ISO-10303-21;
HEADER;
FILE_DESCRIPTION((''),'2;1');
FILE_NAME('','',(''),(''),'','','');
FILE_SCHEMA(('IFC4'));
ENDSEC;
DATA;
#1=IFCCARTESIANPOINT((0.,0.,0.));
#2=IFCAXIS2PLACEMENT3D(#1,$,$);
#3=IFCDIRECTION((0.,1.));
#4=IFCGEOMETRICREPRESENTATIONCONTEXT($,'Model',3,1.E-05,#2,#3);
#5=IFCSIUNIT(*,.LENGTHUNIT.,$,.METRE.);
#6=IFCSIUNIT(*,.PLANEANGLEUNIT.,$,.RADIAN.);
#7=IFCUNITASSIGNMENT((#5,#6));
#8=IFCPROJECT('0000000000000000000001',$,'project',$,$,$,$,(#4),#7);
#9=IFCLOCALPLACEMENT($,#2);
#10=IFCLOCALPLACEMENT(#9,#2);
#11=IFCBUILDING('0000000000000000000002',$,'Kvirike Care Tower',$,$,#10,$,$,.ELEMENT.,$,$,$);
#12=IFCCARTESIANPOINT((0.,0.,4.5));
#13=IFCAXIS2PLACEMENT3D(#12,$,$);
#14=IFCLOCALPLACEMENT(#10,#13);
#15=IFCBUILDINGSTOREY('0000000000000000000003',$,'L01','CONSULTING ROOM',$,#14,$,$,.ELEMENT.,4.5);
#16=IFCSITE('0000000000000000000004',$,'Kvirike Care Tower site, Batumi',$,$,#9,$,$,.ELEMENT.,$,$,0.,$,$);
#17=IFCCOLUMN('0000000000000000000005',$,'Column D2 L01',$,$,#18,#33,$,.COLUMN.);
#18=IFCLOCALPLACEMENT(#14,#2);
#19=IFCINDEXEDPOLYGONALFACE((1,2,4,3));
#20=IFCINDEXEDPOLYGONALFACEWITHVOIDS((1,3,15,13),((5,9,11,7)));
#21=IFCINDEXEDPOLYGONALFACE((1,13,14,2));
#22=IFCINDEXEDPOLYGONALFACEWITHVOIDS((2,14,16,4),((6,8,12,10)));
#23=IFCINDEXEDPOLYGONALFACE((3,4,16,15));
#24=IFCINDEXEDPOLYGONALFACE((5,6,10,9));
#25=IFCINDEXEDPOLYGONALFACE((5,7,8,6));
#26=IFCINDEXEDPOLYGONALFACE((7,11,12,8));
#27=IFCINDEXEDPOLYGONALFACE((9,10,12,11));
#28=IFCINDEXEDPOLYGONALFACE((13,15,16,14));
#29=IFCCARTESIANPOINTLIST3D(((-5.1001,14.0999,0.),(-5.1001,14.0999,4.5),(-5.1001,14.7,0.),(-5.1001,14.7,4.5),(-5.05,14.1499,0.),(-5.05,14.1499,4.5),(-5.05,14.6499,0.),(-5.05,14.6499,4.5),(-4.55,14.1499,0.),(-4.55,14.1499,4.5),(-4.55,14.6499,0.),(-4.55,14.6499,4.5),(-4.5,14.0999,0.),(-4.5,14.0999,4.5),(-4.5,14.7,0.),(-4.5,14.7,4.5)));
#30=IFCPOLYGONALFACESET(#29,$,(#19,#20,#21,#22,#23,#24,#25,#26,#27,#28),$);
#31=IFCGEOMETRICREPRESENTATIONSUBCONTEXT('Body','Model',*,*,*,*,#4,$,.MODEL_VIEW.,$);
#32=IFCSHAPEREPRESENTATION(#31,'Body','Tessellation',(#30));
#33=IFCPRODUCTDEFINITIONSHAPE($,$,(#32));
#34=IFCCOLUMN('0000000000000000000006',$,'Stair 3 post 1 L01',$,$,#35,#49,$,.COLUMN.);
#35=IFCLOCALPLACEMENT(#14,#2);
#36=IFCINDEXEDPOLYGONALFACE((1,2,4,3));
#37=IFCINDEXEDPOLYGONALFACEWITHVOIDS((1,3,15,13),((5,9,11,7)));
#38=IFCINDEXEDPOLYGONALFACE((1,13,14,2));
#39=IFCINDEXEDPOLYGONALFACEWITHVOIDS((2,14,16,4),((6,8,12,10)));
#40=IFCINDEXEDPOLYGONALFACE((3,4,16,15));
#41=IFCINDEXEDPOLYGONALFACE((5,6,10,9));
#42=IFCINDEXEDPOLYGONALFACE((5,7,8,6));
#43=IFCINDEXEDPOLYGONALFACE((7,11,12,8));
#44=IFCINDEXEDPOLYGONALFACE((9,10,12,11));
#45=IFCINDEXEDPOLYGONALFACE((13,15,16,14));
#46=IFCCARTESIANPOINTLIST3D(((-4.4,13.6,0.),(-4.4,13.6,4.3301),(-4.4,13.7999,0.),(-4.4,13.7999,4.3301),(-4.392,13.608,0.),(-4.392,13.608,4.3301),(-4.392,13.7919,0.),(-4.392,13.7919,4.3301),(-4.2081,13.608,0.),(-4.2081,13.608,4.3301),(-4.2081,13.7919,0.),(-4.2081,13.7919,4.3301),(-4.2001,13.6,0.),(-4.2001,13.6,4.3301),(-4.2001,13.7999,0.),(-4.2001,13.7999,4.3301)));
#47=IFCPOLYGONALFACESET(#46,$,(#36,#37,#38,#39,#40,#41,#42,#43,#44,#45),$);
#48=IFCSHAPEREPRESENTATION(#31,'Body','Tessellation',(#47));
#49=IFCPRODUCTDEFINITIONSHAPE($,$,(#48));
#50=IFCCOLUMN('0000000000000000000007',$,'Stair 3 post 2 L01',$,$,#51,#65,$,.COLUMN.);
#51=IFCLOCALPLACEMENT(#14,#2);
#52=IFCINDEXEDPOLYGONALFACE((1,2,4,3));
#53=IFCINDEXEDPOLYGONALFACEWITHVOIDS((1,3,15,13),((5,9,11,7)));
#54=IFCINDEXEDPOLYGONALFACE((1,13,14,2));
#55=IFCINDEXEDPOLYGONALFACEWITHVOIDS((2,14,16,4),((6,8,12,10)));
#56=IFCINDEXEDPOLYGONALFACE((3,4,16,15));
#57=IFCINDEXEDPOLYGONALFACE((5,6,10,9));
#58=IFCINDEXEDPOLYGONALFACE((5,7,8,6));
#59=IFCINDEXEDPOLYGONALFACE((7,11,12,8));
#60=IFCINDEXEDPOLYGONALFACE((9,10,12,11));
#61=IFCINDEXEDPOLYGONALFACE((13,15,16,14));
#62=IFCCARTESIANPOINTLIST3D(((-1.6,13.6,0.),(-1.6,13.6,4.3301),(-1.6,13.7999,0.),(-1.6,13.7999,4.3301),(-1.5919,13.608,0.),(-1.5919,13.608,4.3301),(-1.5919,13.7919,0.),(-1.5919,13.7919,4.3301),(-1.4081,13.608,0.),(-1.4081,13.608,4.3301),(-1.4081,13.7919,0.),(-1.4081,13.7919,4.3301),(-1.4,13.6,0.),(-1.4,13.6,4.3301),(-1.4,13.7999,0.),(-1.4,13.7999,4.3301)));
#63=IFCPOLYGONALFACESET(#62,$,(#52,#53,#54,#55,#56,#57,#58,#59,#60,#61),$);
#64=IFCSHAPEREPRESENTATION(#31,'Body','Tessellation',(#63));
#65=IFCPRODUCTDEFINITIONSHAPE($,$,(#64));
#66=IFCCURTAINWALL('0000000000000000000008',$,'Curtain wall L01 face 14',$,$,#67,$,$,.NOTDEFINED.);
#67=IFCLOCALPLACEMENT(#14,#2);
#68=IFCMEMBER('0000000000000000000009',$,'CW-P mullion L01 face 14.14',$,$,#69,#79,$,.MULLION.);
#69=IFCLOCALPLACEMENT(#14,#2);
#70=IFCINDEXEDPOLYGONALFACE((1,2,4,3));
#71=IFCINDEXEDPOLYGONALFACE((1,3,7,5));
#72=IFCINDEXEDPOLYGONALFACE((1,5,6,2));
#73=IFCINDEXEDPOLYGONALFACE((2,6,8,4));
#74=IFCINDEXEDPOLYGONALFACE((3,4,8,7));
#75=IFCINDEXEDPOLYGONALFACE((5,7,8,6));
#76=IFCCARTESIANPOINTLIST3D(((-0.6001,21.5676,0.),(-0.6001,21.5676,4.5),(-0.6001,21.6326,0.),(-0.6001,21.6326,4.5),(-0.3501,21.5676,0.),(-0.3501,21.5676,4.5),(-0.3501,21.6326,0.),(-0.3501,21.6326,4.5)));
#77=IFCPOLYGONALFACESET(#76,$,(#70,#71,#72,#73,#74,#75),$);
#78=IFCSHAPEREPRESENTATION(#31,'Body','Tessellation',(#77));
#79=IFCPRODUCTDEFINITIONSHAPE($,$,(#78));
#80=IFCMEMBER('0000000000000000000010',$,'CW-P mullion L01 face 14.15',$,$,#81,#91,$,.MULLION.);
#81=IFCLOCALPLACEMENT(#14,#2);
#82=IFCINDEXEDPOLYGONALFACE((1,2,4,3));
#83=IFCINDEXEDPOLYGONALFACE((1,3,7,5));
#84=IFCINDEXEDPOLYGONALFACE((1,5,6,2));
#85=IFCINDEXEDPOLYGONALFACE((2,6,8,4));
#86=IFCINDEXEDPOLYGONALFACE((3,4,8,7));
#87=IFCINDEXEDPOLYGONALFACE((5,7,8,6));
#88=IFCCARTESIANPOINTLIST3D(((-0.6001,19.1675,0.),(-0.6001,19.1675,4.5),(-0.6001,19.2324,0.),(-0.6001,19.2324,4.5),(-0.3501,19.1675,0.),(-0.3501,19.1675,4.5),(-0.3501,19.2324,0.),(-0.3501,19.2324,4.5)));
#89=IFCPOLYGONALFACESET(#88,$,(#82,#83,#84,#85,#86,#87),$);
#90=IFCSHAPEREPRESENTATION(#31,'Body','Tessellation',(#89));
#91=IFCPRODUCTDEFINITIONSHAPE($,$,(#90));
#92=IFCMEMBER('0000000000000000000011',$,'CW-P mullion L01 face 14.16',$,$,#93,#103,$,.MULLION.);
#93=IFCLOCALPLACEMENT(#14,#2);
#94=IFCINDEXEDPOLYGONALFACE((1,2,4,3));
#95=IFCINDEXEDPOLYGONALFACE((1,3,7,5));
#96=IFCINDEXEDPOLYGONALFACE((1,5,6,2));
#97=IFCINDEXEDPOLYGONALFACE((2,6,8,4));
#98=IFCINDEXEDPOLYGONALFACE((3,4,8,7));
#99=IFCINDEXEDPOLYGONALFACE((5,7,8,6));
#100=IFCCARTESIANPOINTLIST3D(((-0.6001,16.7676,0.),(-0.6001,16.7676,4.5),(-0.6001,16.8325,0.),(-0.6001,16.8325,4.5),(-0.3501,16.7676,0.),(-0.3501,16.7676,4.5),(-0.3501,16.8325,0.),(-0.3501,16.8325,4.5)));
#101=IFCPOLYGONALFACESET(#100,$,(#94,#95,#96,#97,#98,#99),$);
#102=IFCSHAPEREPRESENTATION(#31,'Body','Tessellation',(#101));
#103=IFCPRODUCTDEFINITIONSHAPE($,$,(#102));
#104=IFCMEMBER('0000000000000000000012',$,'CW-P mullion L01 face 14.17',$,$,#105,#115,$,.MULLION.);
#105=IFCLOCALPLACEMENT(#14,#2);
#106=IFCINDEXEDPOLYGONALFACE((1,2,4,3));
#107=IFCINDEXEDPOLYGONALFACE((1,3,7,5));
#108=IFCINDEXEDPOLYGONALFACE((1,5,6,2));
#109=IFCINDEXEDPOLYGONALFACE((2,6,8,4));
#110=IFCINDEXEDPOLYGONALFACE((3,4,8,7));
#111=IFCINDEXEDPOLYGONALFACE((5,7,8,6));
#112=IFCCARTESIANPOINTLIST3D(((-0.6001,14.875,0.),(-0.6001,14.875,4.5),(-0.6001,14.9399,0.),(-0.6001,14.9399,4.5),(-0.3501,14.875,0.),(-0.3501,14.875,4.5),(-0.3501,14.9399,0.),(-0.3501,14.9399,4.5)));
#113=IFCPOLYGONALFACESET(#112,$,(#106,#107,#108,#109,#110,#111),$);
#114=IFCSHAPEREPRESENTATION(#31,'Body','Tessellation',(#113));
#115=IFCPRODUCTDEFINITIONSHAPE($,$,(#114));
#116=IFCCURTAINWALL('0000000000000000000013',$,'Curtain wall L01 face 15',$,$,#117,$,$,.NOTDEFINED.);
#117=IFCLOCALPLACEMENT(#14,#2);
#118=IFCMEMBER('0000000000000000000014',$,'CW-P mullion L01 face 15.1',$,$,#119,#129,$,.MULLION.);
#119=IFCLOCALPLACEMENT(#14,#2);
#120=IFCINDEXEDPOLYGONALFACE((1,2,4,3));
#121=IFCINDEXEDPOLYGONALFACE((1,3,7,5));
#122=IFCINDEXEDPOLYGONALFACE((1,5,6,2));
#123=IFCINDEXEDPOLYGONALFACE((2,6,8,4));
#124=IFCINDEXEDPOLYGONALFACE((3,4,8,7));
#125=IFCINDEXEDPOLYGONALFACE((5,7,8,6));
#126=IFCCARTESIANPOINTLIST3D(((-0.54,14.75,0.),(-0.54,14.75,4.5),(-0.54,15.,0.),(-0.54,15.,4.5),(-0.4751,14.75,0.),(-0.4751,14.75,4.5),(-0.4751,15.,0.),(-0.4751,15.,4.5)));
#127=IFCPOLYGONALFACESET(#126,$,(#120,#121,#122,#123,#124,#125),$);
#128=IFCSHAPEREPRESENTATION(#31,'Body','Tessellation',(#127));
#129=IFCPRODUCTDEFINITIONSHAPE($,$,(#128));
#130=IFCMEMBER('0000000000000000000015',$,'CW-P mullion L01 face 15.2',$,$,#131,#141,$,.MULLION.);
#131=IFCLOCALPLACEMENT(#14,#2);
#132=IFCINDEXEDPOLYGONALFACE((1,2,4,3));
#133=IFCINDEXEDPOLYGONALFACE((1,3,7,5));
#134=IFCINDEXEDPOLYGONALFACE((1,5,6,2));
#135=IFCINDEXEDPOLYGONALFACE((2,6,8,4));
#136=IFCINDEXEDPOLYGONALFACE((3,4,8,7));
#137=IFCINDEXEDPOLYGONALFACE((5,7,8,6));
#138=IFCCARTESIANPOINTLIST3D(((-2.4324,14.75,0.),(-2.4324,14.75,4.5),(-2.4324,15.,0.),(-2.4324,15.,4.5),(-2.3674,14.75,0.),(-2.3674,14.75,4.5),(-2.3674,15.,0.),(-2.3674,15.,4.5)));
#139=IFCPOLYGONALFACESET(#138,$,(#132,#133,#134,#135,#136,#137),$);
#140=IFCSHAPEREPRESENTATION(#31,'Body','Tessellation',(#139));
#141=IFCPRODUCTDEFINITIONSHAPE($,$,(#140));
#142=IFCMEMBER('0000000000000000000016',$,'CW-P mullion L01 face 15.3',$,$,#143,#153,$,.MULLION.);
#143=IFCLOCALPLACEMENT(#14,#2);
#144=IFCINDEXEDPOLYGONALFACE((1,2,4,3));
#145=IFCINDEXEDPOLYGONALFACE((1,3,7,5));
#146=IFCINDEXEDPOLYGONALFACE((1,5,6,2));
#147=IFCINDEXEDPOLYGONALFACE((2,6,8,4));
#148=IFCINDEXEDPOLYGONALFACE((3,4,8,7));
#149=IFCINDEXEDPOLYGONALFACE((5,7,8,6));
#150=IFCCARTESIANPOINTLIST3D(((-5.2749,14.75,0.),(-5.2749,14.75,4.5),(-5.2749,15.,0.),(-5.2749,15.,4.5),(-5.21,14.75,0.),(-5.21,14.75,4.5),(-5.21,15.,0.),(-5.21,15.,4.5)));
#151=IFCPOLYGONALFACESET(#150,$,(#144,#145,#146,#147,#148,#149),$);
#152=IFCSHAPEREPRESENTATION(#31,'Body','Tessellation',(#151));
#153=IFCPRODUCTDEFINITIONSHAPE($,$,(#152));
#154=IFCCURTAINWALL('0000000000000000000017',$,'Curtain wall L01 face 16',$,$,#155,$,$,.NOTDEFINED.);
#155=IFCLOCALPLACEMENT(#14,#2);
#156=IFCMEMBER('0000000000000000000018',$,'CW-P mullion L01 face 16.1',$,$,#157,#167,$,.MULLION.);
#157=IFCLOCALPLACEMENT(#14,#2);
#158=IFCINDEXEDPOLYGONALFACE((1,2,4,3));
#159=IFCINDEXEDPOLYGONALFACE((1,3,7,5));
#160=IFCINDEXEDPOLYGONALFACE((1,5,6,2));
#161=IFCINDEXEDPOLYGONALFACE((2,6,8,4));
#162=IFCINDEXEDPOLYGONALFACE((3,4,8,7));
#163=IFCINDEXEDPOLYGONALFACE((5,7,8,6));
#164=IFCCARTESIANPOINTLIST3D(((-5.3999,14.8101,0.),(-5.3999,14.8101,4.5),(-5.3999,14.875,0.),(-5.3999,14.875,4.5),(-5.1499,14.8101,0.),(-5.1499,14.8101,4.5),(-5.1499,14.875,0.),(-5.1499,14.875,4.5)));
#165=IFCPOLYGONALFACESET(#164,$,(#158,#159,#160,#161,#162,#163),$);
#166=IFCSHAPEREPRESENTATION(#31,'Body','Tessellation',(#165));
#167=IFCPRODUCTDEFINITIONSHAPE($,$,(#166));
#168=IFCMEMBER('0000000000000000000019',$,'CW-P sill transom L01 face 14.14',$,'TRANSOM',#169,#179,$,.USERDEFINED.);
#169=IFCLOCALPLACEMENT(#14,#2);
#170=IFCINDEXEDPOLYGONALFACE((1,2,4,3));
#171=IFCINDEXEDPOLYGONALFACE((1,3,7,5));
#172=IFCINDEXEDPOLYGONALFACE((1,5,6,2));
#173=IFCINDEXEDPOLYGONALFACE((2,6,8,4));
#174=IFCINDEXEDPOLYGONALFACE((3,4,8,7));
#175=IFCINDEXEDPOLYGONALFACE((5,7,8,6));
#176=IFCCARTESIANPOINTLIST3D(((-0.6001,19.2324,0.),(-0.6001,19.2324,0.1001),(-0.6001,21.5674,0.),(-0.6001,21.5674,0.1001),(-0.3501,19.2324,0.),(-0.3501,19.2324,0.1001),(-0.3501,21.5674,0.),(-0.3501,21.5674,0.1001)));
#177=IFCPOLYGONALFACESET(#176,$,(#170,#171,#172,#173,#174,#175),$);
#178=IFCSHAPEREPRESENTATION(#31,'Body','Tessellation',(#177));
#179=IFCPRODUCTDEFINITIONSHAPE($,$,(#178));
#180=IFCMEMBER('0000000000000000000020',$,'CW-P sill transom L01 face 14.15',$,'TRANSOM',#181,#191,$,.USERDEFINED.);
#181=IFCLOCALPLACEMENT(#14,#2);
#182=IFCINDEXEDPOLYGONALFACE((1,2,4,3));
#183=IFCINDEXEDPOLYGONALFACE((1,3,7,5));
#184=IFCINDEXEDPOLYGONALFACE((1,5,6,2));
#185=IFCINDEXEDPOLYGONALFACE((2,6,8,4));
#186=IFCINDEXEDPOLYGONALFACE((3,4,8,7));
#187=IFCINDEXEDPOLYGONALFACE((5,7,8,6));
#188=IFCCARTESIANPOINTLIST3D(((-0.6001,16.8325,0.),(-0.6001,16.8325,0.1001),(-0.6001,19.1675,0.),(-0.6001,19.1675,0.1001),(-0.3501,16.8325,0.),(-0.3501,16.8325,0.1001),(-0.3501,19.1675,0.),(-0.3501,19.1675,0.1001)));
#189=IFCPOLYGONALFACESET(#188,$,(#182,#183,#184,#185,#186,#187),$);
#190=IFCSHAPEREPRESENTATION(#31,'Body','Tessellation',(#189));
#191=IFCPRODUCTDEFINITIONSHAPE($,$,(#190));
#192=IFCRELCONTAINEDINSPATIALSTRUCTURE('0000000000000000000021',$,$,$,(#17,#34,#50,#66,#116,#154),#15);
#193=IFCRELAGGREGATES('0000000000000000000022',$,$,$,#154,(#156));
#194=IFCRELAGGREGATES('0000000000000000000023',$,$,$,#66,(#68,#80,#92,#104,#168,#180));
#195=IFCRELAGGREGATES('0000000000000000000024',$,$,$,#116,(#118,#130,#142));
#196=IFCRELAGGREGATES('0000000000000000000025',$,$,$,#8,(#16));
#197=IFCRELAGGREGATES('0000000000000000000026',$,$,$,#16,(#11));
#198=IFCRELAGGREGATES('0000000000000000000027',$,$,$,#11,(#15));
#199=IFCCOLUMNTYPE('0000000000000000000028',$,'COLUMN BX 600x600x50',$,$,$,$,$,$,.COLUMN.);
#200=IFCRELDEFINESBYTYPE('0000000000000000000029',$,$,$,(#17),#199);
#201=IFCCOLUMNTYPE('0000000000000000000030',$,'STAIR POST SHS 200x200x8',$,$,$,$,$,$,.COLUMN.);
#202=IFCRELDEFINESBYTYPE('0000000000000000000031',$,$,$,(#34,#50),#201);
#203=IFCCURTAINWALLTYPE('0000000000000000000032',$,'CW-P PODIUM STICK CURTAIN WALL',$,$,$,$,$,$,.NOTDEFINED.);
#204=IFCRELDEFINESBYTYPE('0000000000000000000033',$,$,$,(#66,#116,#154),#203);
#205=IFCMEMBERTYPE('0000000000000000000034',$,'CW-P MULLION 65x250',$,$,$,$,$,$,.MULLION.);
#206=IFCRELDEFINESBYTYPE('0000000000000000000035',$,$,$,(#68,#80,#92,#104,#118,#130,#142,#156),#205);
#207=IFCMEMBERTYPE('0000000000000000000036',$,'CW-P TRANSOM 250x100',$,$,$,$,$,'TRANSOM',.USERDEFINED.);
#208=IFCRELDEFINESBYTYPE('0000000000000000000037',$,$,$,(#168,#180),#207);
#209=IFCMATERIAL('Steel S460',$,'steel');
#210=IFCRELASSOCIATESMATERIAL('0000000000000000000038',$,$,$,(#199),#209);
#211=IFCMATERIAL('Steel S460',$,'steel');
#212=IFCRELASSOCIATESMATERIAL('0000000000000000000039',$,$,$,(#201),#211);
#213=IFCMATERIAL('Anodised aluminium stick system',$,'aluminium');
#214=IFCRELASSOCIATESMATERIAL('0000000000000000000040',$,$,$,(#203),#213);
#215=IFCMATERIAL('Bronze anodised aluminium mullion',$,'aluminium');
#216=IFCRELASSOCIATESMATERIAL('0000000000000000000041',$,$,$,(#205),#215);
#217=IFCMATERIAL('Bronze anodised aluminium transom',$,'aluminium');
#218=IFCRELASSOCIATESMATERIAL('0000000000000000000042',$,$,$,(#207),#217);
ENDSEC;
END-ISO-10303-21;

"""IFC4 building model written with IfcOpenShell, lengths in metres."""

from ifc_helpers import new_model, si_unit, direction, frame, origin, origin_2d, place, context, subcontext, project, spatial, rectangle, hollow_rectangle, extrude, material, material_profile, profile_set, type_object, element, aggregate, save


model = new_model("IFC4")

# Units and contexts
model_context = context("Model", 3, precision=1e-05, world=origin(), true_north=direction((0.0, 1.0)))
body_context = subcontext(model_context, "Body", "Model", "MODEL_VIEW")
ifc_project = project(units=[si_unit("LENGTHUNIT", "METRE"), si_unit("PLANEANGLEUNIT", "RADIAN")], contexts=[model_context])

# Site, building, storey
site_placement = place(None, origin())
site = spatial("IfcSite", under=ifc_project, at=site_placement, Name="Kvirike Care Tower site, Batumi", CompositionType="ELEMENT", RefElevation=0.0)
building_placement = place(site_placement, origin())
building = spatial("IfcBuilding", under=site, at=building_placement, Name="Kvirike Care Tower", CompositionType="ELEMENT")
storey_placement = place(building_placement, frame((0.0, 0.0, 4.5)))
storey = spatial("IfcBuildingStorey", under=building, at=storey_placement, Name="L01", Description="CONSULTING ROOM", CompositionType="ELEMENT", Elevation=4.5)

# Columns
ifc_material_1 = material(Name="Steel S460", Category="steel")
ifc_material_profile_1 = material_profile(ifc_material_1, hollow_rectangle(XDim=0.6001, YDim=0.6001, WallThickness=0.05, at=origin_2d()), Name="BX 600x600x50")
ifc_profile_set_1 = profile_set([ifc_material_profile_1], Name="Steel S460")
column_type_1 = type_object("IfcColumnType", Name="COLUMN BX 600x600x50", PredefinedType="COLUMN", material=ifc_profile_set_1)
column_placement = place(storey_placement, frame((-4.8, 14.3999, 0.0), z_axis=(0.0, 0.0, 1.0), x_axis=(0.0, 1.0, 0.0)))
element("IfcColumn", 1, at=column_placement, inside=storey, type_object=column_type_1, Name="Column D2 L01", PredefinedType="COLUMN", context=body_context, shape_type="SweptSolid", body=[
    extrude(hollow_rectangle(XDim=0.6001, YDim=0.6001, WallThickness=0.05, at=origin_2d()), origin(), (0.0, 0.0, 1.0), 4.5),
])
ifc_material_2 = material(Name="Steel S460", Category="steel")
ifc_material_profile_2 = material_profile(ifc_material_2, hollow_rectangle(XDim=0.2, YDim=0.2, WallThickness=0.0081, at=origin_2d()), Name="SHS 200x200x8")
ifc_profile_set_2 = profile_set([ifc_material_profile_2], Name="Steel S460")
column_type_2 = type_object("IfcColumnType", Name="STAIR POST SHS 200x200x8", PredefinedType="COLUMN", material=ifc_profile_set_2)
for number, where, z_axis, x_axis, name in (
    (2, (-4.3, 13.7, 0.0), (0.0, 0.0, 1.0), (1.0, 0.0, 0.0), "Stair 3 post 1 L01"),
    (3, (-1.5, 13.7, 0.0), (0.0, 0.0, 1.0), (1.0, 0.0, 0.0), "Stair 3 post 2 L01"),
):
    element("IfcColumn", number, at=place(storey_placement, frame(where, z_axis=z_axis, x_axis=x_axis)), inside=storey, type_object=column_type_2, Name=name, PredefinedType="COLUMN", context=body_context, shape_type="SweptSolid", body=[
        extrude(hollow_rectangle(XDim=0.2, YDim=0.2, WallThickness=0.0081, at=origin_2d()), origin(), (0.0, 0.0, 1.0), 4.3301),
    ])

# Curtain walls, members
ifc_material_3 = material(Name="Anodised aluminium stick system", Category="aluminium")
curtain_wall_type = type_object("IfcCurtainWallType", Name="CW-P PODIUM STICK CURTAIN WALL", PredefinedType="NOTDEFINED", material=ifc_material_3)
curtain_wall_1_placement = place(storey_placement, origin())
curtain_wall_1 = element("IfcCurtainWall", 4, at=curtain_wall_1_placement, inside=storey, type_object=curtain_wall_type, Name="Curtain wall L01 face 14", PredefinedType="NOTDEFINED")
ifc_material_4 = material(Name="Bronze anodised aluminium mullion", Category="aluminium")
ifc_material_profile_3 = material_profile(ifc_material_4, rectangle(XDim=0.0649, YDim=0.25, at=origin_2d()), Name="CW-P MULLION 65x250")
ifc_profile_set_3 = profile_set([ifc_material_profile_3], Name="Bronze anodised aluminium mullion")
member_type_1 = type_object("IfcMemberType", Name="CW-P MULLION 65x250", PredefinedType="MULLION", material=ifc_profile_set_3)
member_1_placement = place(storey_placement, frame((-0.4751, 21.6001, 0.0), z_axis=(0.0, 0.0, 1.0), x_axis=(0.0, -1.0, 0.0)))
member_1 = element("IfcMember", 5, at=member_1_placement, type_object=member_type_1, Name="CW-P mullion L01 face 14.14", PredefinedType="MULLION", context=body_context, shape_type="SweptSolid", body=[
    extrude(rectangle(XDim=0.0649, YDim=0.25, at=origin_2d()), origin(), (0.0, 0.0, 1.0), 4.5),
])
member_2_placement = place(storey_placement, frame((-0.4751, 19.2, 0.0), z_axis=(0.0, 0.0, 1.0), x_axis=(0.0, -1.0, 0.0)))
member_2 = element("IfcMember", 6, at=member_2_placement, type_object=member_type_1, Name="CW-P mullion L01 face 14.15", PredefinedType="MULLION", context=body_context, shape_type="SweptSolid", body=[
    extrude(rectangle(XDim=0.0649, YDim=0.25, at=origin_2d()), origin(), (0.0, 0.0, 1.0), 4.5),
])
member_3_placement = place(storey_placement, frame((-0.4751, 16.8, 0.0), z_axis=(0.0, 0.0, 1.0), x_axis=(0.0, -1.0, 0.0)))
member_3 = element("IfcMember", 7, at=member_3_placement, type_object=member_type_1, Name="CW-P mullion L01 face 14.16", PredefinedType="MULLION", context=body_context, shape_type="SweptSolid", body=[
    extrude(rectangle(XDim=0.0649, YDim=0.25, at=origin_2d()), origin(), (0.0, 0.0, 1.0), 4.5),
])
member_4_placement = place(storey_placement, frame((-0.4751, 14.9075, 0.0), z_axis=(0.0, 0.0, 1.0), x_axis=(0.0, -1.0, 0.0)))
member_4 = element("IfcMember", 8, at=member_4_placement, type_object=member_type_1, Name="CW-P mullion L01 face 14.17", PredefinedType="MULLION", context=body_context, shape_type="SweptSolid", body=[
    extrude(rectangle(XDim=0.0649, YDim=0.25, at=origin_2d()), origin(), (0.0, 0.0, 1.0), 4.5),
])
curtain_wall_2_placement = place(storey_placement, origin())
curtain_wall_2 = element("IfcCurtainWall", 9, at=curtain_wall_2_placement, inside=storey, type_object=curtain_wall_type, Name="Curtain wall L01 face 15", PredefinedType="NOTDEFINED")
member_5_placement = place(storey_placement, frame((-0.5076, 14.875, 0.0), z_axis=(0.0, 0.0, 1.0), x_axis=(-1.0, 0.0, 0.0)))
member_5 = element("IfcMember", 10, at=member_5_placement, type_object=member_type_1, Name="CW-P mullion L01 face 15.1", PredefinedType="MULLION", context=body_context, shape_type="SweptSolid", body=[
    extrude(rectangle(XDim=0.0649, YDim=0.25, at=origin_2d()), origin(), (0.0, 0.0, 1.0), 4.5),
])
member_6_placement = place(storey_placement, frame((-2.3999, 14.875, 0.0), z_axis=(0.0, 0.0, 1.0), x_axis=(-1.0, 0.0, 0.0)))
member_6 = element("IfcMember", 11, at=member_6_placement, type_object=member_type_1, Name="CW-P mullion L01 face 15.2", PredefinedType="MULLION", context=body_context, shape_type="SweptSolid", body=[
    extrude(rectangle(XDim=0.0649, YDim=0.25, at=origin_2d()), origin(), (0.0, 0.0, 1.0), 4.5),
])
member_7_placement = place(storey_placement, frame((-5.2424, 14.875, 0.0), z_axis=(0.0, 0.0, 1.0), x_axis=(-1.0, 0.0, 0.0)))
member_7 = element("IfcMember", 12, at=member_7_placement, type_object=member_type_1, Name="CW-P mullion L01 face 15.3", PredefinedType="MULLION", context=body_context, shape_type="SweptSolid", body=[
    extrude(rectangle(XDim=0.0649, YDim=0.25, at=origin_2d()), origin(), (0.0, 0.0, 1.0), 4.5),
])

# Curtain wall, member
curtain_wall_3_placement = place(storey_placement, origin())
curtain_wall_3 = element("IfcCurtainWall", 13, at=curtain_wall_3_placement, inside=storey, type_object=curtain_wall_type, Name="Curtain wall L01 face 16", PredefinedType="NOTDEFINED")
member_8_placement = place(storey_placement, frame((-5.2749, 14.8425, 0.0), z_axis=(0.0, 0.0, 1.0), x_axis=(0.0, -1.0, 0.0)))
member_8 = element("IfcMember", 14, at=member_8_placement, type_object=member_type_1, Name="CW-P mullion L01 face 16.1", PredefinedType="MULLION", context=body_context, shape_type="SweptSolid", body=[
    extrude(rectangle(XDim=0.0649, YDim=0.25, at=origin_2d()), origin(), (0.0, 0.0, 1.0), 4.5),
])

# Members
ifc_material_5 = material(Name="Bronze anodised aluminium transom", Category="aluminium")
ifc_material_profile_4 = material_profile(ifc_material_5, rectangle(XDim=0.25, YDim=0.1001, at=origin_2d()), Name="CW-P TRANSOM 250x100")
ifc_profile_set_4 = profile_set([ifc_material_profile_4], Name="Bronze anodised aluminium transom")
member_type_2 = type_object("IfcMemberType", Name="CW-P TRANSOM 250x100", ElementType="TRANSOM", PredefinedType="USERDEFINED", material=ifc_profile_set_4)
member_9_placement = place(storey_placement, frame((-0.4751, 21.5674, 0.05), z_axis=(0.0, -1.0, 0.0), x_axis=(1.0, 0.0, 0.0)))
member_9 = element("IfcMember", 15, at=member_9_placement, type_object=member_type_2, Name="CW-P sill transom L01 face 14.14", ObjectType="TRANSOM", PredefinedType="USERDEFINED", context=body_context, shape_type="SweptSolid", body=[
    extrude(rectangle(XDim=0.25, YDim=0.1001, at=origin_2d()), origin(), (0.0, 0.0, 1.0), 2.335),
])
member_10_placement = place(storey_placement, frame((-0.4751, 19.1675, 0.05), z_axis=(0.0, -1.0, 0.0), x_axis=(1.0, 0.0, 0.0)))
member_10 = element("IfcMember", 16, at=member_10_placement, type_object=member_type_2, Name="CW-P sill transom L01 face 14.15", ObjectType="TRANSOM", PredefinedType="USERDEFINED", context=body_context, shape_type="SweptSolid", body=[
    extrude(rectangle(XDim=0.25, YDim=0.1001, at=origin_2d()), origin(), (0.0, 0.0, 1.0), 2.335),
])
aggregate(curtain_wall_3, [member_8])

aggregate(curtain_wall_1, [member_1, member_2, member_3, member_4, member_9, member_10])
aggregate(curtain_wall_2, [member_5, member_6, member_7])

save(model, "model.ifc")
